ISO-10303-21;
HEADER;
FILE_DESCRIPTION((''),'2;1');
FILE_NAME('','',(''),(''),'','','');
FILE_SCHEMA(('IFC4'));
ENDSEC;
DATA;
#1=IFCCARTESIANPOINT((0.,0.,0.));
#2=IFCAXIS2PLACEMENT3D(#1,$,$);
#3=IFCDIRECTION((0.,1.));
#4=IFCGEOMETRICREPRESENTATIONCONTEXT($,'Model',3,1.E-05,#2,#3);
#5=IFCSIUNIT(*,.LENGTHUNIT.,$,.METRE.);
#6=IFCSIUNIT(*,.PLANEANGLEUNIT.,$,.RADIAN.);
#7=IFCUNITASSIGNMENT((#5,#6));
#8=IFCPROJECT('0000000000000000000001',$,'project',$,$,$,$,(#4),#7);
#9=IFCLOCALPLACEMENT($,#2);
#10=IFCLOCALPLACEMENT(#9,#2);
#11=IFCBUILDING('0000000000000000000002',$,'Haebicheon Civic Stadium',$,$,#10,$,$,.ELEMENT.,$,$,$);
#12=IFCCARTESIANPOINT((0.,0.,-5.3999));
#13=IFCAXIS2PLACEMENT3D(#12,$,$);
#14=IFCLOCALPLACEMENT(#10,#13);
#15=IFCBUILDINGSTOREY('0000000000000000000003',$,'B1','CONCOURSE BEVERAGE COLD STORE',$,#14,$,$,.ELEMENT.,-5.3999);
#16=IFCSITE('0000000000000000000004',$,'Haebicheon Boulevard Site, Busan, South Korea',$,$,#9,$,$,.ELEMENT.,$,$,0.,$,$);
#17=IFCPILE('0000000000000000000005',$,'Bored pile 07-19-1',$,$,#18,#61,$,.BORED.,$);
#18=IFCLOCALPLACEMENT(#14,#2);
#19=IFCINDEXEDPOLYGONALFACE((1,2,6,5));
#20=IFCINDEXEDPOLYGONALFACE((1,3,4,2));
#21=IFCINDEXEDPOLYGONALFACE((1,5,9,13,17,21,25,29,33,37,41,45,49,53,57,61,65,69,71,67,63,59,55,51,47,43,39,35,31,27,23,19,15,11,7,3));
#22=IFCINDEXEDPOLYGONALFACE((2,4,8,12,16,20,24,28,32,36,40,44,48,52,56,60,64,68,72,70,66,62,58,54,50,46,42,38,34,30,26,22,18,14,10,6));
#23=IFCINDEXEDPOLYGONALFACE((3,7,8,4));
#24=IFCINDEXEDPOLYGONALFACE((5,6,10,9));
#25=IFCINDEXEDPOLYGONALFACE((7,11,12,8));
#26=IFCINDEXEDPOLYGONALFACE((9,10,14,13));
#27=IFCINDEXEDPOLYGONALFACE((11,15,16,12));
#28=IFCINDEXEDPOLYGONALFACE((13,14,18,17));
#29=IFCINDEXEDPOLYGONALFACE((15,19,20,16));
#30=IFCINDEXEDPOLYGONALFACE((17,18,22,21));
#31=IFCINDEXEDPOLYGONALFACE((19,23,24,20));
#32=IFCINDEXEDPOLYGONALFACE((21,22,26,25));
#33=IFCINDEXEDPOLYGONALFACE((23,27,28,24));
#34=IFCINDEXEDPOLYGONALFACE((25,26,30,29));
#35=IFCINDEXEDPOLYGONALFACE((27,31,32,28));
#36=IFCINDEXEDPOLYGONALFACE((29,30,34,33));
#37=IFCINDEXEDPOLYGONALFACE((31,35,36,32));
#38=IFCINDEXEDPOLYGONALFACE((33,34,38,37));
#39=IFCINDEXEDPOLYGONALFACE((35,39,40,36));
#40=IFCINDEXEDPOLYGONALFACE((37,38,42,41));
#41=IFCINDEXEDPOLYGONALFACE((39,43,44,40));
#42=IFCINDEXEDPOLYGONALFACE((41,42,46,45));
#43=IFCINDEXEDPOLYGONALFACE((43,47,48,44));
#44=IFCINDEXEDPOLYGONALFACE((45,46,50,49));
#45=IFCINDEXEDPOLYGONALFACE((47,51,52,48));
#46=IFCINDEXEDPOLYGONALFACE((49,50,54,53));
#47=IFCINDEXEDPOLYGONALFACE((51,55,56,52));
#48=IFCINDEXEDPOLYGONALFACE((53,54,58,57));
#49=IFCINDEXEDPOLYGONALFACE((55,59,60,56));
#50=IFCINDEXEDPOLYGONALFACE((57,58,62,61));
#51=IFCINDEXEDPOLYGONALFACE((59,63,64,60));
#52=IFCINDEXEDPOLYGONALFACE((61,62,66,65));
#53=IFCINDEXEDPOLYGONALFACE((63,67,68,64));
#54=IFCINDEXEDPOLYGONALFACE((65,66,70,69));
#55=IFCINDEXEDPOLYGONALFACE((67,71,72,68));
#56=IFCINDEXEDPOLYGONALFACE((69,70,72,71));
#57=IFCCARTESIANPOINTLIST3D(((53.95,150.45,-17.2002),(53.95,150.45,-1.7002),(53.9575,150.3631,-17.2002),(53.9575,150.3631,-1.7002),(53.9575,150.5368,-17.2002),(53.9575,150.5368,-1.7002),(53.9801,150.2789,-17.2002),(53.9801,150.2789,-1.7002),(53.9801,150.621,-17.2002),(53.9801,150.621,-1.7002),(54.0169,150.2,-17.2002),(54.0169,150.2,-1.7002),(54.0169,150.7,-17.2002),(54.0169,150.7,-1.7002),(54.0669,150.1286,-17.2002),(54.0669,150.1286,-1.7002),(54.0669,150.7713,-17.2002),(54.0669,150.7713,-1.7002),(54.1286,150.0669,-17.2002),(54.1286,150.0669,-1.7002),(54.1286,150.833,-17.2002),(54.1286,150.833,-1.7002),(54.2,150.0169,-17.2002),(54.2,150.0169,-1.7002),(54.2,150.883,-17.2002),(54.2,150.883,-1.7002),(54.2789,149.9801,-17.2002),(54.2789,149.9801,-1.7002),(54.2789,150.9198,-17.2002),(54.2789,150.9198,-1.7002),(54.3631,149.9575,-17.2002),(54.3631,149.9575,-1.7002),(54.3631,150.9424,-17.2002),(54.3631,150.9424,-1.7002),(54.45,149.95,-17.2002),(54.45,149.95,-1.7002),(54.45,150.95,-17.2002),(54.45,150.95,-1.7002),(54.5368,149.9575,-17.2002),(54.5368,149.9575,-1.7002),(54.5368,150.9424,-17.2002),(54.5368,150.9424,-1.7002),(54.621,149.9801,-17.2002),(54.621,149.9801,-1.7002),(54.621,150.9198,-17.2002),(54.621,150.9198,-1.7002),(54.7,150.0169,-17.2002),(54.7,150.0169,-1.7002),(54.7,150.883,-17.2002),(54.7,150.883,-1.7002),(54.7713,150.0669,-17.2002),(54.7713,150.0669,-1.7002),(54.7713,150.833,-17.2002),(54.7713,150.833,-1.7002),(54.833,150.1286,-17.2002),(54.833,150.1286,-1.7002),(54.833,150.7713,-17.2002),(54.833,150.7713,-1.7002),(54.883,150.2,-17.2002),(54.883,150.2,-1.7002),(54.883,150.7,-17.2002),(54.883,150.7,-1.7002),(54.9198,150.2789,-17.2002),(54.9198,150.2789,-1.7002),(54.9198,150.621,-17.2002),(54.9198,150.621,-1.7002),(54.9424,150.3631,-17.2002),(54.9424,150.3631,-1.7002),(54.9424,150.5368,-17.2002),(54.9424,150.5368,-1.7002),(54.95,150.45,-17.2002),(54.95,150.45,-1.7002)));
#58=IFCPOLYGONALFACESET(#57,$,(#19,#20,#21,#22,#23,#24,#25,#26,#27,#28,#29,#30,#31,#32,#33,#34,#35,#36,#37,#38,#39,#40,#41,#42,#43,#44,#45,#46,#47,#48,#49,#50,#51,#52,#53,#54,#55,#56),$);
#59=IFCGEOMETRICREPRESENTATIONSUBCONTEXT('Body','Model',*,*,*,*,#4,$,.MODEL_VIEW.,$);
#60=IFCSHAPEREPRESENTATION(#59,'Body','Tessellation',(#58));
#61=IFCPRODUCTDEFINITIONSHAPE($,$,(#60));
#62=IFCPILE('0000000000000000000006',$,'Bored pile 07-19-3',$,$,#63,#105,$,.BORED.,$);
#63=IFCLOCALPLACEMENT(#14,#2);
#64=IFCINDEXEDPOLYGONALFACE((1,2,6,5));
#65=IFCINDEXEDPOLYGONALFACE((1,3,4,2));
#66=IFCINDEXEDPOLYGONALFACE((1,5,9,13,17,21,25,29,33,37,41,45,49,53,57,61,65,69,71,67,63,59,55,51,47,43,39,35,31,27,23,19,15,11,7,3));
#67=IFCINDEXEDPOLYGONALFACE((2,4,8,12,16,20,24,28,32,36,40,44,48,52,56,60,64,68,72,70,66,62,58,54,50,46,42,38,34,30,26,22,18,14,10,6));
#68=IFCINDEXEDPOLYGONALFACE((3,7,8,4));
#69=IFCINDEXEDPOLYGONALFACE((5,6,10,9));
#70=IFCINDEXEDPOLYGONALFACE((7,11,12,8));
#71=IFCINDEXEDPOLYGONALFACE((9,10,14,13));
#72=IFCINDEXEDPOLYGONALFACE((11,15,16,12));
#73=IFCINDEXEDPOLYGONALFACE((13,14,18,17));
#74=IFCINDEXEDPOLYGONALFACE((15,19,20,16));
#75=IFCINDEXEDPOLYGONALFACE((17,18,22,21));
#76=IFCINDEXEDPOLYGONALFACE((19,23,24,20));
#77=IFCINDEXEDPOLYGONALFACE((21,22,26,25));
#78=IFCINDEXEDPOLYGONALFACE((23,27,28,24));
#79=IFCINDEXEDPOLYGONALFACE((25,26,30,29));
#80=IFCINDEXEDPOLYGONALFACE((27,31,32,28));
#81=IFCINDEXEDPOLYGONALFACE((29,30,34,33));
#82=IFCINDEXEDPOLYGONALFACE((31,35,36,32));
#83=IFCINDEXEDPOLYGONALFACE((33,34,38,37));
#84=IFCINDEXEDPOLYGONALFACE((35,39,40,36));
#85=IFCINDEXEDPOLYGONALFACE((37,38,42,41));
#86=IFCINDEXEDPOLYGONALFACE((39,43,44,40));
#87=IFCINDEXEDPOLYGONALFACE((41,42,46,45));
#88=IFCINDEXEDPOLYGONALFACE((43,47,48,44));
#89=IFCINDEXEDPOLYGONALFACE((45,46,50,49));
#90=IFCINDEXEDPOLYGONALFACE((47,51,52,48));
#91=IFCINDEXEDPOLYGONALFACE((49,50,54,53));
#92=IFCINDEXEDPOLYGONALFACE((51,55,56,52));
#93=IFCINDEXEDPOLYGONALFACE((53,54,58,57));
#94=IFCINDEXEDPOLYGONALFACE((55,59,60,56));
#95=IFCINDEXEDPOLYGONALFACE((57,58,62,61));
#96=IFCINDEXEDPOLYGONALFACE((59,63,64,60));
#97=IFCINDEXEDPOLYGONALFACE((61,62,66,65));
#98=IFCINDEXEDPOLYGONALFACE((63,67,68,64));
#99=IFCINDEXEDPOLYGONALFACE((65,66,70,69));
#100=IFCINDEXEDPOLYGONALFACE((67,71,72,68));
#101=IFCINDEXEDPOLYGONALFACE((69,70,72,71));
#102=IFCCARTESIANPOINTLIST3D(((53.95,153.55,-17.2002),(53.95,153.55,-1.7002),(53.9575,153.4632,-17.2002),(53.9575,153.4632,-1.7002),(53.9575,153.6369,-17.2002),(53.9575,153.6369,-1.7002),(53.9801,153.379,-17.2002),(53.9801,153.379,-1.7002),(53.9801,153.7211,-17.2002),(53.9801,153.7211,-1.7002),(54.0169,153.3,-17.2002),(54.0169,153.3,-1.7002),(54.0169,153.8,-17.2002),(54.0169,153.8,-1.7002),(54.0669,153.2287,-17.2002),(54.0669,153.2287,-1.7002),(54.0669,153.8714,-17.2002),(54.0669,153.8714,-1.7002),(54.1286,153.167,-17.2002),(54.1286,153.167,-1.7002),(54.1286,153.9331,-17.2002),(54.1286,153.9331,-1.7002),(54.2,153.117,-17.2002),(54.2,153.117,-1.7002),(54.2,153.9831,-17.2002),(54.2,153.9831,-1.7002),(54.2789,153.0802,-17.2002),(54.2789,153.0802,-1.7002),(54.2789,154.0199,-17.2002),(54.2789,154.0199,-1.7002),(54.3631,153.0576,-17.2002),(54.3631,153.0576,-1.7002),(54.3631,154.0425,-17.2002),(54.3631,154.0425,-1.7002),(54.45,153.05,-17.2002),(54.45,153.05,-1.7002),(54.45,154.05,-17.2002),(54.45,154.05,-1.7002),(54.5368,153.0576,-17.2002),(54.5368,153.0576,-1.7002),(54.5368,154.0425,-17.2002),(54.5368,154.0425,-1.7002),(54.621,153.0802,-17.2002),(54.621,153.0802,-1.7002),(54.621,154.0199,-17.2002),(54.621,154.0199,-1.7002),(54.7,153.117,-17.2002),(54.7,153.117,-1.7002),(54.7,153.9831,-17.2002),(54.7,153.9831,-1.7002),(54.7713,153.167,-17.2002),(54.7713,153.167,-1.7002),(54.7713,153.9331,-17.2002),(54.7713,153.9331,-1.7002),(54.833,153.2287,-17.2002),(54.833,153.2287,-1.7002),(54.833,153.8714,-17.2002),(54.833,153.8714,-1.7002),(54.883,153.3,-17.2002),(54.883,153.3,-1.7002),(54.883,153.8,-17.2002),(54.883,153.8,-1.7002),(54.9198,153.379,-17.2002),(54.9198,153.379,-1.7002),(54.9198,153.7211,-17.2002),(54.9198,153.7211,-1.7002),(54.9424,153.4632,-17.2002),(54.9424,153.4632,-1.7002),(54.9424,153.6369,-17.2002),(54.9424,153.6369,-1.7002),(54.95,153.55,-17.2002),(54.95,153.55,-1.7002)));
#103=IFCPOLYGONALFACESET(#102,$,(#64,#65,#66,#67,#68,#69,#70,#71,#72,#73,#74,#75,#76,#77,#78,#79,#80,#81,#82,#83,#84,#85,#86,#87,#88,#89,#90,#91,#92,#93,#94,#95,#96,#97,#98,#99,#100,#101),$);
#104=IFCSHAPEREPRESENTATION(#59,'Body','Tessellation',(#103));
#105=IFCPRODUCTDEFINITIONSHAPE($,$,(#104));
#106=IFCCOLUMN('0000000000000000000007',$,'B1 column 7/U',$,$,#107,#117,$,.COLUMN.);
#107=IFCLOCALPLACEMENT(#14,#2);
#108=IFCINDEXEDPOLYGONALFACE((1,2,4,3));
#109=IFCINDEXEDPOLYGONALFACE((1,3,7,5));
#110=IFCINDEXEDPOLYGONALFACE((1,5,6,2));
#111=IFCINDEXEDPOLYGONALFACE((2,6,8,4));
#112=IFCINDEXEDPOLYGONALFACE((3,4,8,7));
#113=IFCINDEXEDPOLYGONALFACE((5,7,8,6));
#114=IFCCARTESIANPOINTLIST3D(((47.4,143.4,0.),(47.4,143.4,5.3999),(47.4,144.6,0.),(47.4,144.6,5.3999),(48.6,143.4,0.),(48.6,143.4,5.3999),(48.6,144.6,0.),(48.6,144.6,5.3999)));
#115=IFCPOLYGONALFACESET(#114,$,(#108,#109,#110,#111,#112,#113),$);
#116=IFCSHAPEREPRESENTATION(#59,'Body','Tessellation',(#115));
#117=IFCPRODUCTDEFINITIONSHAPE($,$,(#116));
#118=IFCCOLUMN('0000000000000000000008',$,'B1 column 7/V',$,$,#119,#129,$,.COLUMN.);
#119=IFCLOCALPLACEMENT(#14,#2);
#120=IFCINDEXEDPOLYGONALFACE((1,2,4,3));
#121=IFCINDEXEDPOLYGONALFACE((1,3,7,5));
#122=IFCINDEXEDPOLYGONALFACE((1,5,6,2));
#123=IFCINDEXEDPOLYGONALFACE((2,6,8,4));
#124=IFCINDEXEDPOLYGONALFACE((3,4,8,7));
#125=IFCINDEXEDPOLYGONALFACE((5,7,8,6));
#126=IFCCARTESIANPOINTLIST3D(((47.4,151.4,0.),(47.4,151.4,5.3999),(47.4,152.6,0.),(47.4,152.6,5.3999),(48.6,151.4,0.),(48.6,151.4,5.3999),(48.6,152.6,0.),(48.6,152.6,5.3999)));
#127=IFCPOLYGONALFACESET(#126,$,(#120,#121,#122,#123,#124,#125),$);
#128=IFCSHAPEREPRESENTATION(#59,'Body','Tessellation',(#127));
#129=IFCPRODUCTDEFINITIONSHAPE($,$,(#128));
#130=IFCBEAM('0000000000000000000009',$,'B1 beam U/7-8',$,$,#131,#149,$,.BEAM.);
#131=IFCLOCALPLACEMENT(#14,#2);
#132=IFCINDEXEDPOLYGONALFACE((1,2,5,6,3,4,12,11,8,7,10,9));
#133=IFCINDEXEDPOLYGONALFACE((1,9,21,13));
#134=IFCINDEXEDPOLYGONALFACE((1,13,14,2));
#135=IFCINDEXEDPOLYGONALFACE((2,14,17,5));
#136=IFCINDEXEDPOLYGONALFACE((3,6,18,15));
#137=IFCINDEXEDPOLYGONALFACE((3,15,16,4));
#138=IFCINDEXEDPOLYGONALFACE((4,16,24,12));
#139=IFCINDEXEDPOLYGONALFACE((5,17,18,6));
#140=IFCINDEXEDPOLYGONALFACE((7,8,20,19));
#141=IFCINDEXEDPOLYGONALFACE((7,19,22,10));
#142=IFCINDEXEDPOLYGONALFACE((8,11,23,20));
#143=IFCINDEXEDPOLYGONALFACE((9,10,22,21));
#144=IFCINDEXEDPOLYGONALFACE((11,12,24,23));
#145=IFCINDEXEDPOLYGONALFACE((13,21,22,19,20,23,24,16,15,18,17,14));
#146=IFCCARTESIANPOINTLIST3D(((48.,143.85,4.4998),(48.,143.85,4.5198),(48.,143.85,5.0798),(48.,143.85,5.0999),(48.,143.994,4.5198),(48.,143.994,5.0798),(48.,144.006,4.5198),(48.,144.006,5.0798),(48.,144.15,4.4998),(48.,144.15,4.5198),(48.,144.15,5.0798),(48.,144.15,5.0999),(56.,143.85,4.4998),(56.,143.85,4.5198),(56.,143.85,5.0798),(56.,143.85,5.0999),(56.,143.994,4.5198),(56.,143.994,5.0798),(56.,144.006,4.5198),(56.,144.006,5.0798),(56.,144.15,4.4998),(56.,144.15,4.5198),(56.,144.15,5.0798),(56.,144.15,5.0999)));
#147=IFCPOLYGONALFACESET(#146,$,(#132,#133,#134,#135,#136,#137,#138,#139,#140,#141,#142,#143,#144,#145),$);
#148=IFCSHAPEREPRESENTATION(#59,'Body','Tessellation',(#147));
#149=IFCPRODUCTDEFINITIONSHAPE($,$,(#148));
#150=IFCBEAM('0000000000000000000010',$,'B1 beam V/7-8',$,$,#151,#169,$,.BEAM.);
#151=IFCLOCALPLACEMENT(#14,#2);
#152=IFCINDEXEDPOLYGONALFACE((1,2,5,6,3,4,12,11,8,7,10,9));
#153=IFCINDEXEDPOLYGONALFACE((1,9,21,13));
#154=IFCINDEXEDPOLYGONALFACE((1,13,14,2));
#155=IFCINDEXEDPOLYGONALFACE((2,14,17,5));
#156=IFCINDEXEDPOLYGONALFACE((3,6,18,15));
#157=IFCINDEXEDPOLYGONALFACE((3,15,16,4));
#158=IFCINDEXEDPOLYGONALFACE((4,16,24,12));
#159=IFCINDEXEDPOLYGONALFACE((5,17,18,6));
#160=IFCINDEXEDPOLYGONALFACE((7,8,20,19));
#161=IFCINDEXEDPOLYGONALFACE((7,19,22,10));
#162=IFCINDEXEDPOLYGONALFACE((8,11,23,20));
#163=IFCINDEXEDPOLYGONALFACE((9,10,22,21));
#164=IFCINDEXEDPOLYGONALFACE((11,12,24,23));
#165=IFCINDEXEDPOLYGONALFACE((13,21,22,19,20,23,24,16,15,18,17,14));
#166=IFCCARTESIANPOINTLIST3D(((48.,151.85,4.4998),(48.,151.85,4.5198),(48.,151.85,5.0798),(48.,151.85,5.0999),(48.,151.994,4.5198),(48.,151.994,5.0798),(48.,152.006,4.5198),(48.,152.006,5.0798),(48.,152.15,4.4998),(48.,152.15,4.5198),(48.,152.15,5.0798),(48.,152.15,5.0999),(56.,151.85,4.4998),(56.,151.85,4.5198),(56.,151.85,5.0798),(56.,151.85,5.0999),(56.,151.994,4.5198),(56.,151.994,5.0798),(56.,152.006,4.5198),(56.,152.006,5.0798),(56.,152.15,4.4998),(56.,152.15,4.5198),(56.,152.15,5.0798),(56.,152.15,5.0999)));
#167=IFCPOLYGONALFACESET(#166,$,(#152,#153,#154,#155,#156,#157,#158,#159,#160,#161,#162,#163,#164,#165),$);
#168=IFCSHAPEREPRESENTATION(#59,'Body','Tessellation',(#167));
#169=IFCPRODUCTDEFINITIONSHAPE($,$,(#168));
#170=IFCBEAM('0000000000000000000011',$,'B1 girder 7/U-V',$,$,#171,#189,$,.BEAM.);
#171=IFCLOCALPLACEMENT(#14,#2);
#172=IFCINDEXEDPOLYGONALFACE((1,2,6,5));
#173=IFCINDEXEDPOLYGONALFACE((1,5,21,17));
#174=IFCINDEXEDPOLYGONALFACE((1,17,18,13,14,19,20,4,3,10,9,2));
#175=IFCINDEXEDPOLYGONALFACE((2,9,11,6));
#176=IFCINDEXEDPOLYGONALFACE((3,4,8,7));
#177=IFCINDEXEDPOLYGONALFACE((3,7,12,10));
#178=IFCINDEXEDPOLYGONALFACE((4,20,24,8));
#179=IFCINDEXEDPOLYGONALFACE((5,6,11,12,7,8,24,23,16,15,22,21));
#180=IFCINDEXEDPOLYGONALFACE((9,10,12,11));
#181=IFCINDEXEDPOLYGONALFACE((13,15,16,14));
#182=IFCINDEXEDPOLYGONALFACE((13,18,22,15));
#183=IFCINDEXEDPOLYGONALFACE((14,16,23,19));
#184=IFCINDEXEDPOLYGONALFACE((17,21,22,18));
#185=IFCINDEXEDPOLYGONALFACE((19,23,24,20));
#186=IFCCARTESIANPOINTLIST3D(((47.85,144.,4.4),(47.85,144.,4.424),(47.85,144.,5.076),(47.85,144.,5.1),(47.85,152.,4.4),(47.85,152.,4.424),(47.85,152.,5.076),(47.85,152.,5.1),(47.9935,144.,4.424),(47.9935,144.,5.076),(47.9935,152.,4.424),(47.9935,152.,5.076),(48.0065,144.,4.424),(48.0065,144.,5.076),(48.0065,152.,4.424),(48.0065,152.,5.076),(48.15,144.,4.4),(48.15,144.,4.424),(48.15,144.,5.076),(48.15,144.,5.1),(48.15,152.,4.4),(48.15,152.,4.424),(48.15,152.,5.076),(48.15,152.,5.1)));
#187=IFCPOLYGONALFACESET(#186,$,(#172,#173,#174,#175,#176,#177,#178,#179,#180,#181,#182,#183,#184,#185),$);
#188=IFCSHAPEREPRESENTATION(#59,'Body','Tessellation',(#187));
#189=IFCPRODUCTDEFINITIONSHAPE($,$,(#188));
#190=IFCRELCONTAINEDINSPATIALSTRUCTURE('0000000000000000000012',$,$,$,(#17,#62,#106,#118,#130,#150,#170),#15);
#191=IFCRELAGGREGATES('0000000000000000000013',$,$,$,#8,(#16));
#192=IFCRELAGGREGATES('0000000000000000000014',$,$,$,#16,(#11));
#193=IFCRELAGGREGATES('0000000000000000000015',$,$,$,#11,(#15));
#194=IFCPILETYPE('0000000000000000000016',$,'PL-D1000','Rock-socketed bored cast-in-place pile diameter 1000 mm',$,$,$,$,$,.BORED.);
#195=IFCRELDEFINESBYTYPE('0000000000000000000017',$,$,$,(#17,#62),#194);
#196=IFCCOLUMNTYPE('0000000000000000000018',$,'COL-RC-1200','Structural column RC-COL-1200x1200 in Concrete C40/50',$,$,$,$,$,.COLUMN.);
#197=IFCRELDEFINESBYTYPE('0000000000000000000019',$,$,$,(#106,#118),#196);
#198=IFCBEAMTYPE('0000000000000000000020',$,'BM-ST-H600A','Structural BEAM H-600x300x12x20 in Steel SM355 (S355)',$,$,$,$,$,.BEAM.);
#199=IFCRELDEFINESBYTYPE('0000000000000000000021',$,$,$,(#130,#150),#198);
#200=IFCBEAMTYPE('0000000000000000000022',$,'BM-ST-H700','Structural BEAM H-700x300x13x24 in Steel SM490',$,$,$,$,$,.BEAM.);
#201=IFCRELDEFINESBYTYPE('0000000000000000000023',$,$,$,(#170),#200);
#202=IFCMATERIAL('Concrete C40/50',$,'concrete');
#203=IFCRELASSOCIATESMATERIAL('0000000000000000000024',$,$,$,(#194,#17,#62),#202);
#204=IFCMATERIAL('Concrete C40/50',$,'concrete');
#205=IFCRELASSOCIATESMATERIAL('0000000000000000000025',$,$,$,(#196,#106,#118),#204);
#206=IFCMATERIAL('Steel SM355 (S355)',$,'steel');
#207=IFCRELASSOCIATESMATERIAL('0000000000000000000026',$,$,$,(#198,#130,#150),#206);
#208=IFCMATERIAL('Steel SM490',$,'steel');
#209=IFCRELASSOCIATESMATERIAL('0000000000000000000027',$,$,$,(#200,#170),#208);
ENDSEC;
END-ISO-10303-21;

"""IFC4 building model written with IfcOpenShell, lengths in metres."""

from ifc_helpers import new_model, si_unit, direction, frame, origin, origin_2d, place, context, subcontext, project, spatial, rectangle, circle, i_section, extrude, material, material_profile, profile_set, type_object, element, save


model = new_model("IFC4")

# Units and contexts
model_context = context("Model", 3, precision=1e-05, world=origin(), true_north=direction((0.0, 1.0)))
body_context = subcontext(model_context, "Body", "Model", "MODEL_VIEW")
ifc_project = project(units=[si_unit("LENGTHUNIT", "METRE"), si_unit("PLANEANGLEUNIT", "RADIAN")], contexts=[model_context])

# Site, building, storey
site_placement = place(None, origin())
site = spatial("IfcSite", under=ifc_project, at=site_placement, Name="Haebicheon Boulevard Site, Busan, South Korea", CompositionType="ELEMENT", RefElevation=0.0)
building_placement = place(site_placement, origin())
building = spatial("IfcBuilding", under=site, at=building_placement, Name="Haebicheon Civic Stadium", CompositionType="ELEMENT")
storey_placement = place(building_placement, frame((0.0, 0.0, -5.3999)))
storey = spatial("IfcBuildingStorey", under=building, at=storey_placement, Name="B1", Description="CONCOURSE BEVERAGE COLD STORE", CompositionType="ELEMENT", Elevation=-5.3999)

# Piles
ifc_material_1 = material(Name="Concrete C40/50", Category="concrete")
ifc_material_profile_1 = material_profile(ifc_material_1, circle(Radius=0.5, at=origin_2d()), Name="PILE-D1000")
ifc_profile_set_1 = profile_set([ifc_material_profile_1], Name="Concrete C40/50")
pile_type = type_object("IfcPileType", Name="PL-D1000", Description="Rock-socketed bored cast-in-place pile diameter 1000 mm", PredefinedType="BORED", material=ifc_profile_set_1)
for number, where, z_axis, x_axis, name in (
    (1, (54.45, 150.45, -1.7002), (0.0, 0.0, -1.0), (1.0, 0.0, 0.0), "Bored pile 07-19-1"),
    (2, (54.45, 153.55, -1.7002), (0.0, 0.0, -1.0), (1.0, 0.0, 0.0), "Bored pile 07-19-3"),
):
    element("IfcPile", number, at=place(storey_placement, frame(where, z_axis=z_axis, x_axis=x_axis)), inside=storey, type_object=pile_type, material=ifc_profile_set_1, Name=name, PredefinedType="BORED", context=body_context, shape_type="SweptSolid", body=[
        extrude(circle(Radius=0.5, at=origin_2d()), origin(), (0.0, 0.0, 1.0), 15.5),
    ])

# Columns
ifc_material_2 = material(Name="Concrete C40/50", Category="concrete")
ifc_material_profile_2 = material_profile(ifc_material_2, rectangle(XDim=1.2, YDim=1.2, at=origin_2d()), Name="RC-COL-1200x1200")
ifc_profile_set_2 = profile_set([ifc_material_profile_2], Name="Concrete C40/50")
column_type = type_object("IfcColumnType", Name="COL-RC-1200", Description="Structural column RC-COL-1200x1200 in Concrete C40/50", PredefinedType="COLUMN", material=ifc_profile_set_2)
for number, where, z_axis, x_axis, name in (
    (3, (48.0, 144.0, 0.0), (0.0, 0.0, 1.0), (1.0, 0.0, 0.0), "B1 column 7/U"),
    (4, (48.0, 152.0, 0.0), (0.0, 0.0, 1.0), (1.0, 0.0, 0.0), "B1 column 7/V"),
):
    element("IfcColumn", number, at=place(storey_placement, frame(where, z_axis=z_axis, x_axis=x_axis)), inside=storey, type_object=column_type, material=ifc_profile_set_2, Name=name, PredefinedType="COLUMN", context=body_context, shape_type="SweptSolid", body=[
        extrude(rectangle(XDim=1.2, YDim=1.2, at=origin_2d()), origin(), (0.0, 0.0, 1.0), 5.3999),
    ])

# Beams
ifc_material_3 = material(Name="Steel SM355 (S355)", Category="steel")
ifc_material_profile_3 = material_profile(ifc_material_3, i_section(OverallWidth=0.3, OverallDepth=0.6001, WebThickness=0.012, FlangeThickness=0.02, at=origin_2d()), Name="H-600x300x12x20")
ifc_profile_set_3 = profile_set([ifc_material_profile_3], Name="Steel SM355 (S355)")
beam_type_1 = type_object("IfcBeamType", Name="BM-ST-H600A", Description="Structural BEAM H-600x300x12x20 in Steel SM355 (S355)", PredefinedType="BEAM", material=ifc_profile_set_3)
for number, where, z_axis, x_axis, name in (
    (5, (48.0, 144.0, 4.7998), (1.0, 0.0, 0.0), (0.0, 1.0, 0.0), "B1 beam U/7-8"),
    (6, (48.0, 152.0, 4.7998), (1.0, 0.0, 0.0), (0.0, 1.0, 0.0), "B1 beam V/7-8"),
):
    element("IfcBeam", number, at=place(storey_placement, frame(where, z_axis=z_axis, x_axis=x_axis)), inside=storey, type_object=beam_type_1, material=ifc_profile_set_3, Name=name, PredefinedType="BEAM", context=body_context, shape_type="SweptSolid", body=[
        extrude(i_section(OverallWidth=0.3, OverallDepth=0.6001, WebThickness=0.012, FlangeThickness=0.02, at=origin_2d()), origin(), (0.0, 0.0, 1.0), 8.0),
    ])
ifc_material_4 = material(Name="Steel SM490", Category="steel")
ifc_material_profile_4 = material_profile(ifc_material_4, i_section(OverallWidth=0.3, OverallDepth=0.7, WebThickness=0.0129, FlangeThickness=0.0239, at=origin_2d()), Name="H-700x300x13x24")
ifc_profile_set_4 = profile_set([ifc_material_profile_4], Name="Steel SM490")
beam_type_2 = type_object("IfcBeamType", Name="BM-ST-H700", Description="Structural BEAM H-700x300x13x24 in Steel SM490", PredefinedType="BEAM", material=ifc_profile_set_4)
for number, where, z_axis, x_axis, name in (
    (7, (48.0, 144.0, 4.75), (0.0, 1.0, 0.0), (-1.0, 0.0, 0.0), "B1 girder 7/U-V"),
):
    element("IfcBeam", number, at=place(storey_placement, frame(where, z_axis=z_axis, x_axis=x_axis)), inside=storey, type_object=beam_type_2, material=ifc_profile_set_4, Name=name, PredefinedType="BEAM", context=body_context, shape_type="SweptSolid", body=[
        extrude(i_section(OverallWidth=0.3, OverallDepth=0.7, WebThickness=0.0129, FlangeThickness=0.0239, at=origin_2d()), origin(), (0.0, 0.0, 1.0), 8.0),
    ])

save(model, "model.ifc")
